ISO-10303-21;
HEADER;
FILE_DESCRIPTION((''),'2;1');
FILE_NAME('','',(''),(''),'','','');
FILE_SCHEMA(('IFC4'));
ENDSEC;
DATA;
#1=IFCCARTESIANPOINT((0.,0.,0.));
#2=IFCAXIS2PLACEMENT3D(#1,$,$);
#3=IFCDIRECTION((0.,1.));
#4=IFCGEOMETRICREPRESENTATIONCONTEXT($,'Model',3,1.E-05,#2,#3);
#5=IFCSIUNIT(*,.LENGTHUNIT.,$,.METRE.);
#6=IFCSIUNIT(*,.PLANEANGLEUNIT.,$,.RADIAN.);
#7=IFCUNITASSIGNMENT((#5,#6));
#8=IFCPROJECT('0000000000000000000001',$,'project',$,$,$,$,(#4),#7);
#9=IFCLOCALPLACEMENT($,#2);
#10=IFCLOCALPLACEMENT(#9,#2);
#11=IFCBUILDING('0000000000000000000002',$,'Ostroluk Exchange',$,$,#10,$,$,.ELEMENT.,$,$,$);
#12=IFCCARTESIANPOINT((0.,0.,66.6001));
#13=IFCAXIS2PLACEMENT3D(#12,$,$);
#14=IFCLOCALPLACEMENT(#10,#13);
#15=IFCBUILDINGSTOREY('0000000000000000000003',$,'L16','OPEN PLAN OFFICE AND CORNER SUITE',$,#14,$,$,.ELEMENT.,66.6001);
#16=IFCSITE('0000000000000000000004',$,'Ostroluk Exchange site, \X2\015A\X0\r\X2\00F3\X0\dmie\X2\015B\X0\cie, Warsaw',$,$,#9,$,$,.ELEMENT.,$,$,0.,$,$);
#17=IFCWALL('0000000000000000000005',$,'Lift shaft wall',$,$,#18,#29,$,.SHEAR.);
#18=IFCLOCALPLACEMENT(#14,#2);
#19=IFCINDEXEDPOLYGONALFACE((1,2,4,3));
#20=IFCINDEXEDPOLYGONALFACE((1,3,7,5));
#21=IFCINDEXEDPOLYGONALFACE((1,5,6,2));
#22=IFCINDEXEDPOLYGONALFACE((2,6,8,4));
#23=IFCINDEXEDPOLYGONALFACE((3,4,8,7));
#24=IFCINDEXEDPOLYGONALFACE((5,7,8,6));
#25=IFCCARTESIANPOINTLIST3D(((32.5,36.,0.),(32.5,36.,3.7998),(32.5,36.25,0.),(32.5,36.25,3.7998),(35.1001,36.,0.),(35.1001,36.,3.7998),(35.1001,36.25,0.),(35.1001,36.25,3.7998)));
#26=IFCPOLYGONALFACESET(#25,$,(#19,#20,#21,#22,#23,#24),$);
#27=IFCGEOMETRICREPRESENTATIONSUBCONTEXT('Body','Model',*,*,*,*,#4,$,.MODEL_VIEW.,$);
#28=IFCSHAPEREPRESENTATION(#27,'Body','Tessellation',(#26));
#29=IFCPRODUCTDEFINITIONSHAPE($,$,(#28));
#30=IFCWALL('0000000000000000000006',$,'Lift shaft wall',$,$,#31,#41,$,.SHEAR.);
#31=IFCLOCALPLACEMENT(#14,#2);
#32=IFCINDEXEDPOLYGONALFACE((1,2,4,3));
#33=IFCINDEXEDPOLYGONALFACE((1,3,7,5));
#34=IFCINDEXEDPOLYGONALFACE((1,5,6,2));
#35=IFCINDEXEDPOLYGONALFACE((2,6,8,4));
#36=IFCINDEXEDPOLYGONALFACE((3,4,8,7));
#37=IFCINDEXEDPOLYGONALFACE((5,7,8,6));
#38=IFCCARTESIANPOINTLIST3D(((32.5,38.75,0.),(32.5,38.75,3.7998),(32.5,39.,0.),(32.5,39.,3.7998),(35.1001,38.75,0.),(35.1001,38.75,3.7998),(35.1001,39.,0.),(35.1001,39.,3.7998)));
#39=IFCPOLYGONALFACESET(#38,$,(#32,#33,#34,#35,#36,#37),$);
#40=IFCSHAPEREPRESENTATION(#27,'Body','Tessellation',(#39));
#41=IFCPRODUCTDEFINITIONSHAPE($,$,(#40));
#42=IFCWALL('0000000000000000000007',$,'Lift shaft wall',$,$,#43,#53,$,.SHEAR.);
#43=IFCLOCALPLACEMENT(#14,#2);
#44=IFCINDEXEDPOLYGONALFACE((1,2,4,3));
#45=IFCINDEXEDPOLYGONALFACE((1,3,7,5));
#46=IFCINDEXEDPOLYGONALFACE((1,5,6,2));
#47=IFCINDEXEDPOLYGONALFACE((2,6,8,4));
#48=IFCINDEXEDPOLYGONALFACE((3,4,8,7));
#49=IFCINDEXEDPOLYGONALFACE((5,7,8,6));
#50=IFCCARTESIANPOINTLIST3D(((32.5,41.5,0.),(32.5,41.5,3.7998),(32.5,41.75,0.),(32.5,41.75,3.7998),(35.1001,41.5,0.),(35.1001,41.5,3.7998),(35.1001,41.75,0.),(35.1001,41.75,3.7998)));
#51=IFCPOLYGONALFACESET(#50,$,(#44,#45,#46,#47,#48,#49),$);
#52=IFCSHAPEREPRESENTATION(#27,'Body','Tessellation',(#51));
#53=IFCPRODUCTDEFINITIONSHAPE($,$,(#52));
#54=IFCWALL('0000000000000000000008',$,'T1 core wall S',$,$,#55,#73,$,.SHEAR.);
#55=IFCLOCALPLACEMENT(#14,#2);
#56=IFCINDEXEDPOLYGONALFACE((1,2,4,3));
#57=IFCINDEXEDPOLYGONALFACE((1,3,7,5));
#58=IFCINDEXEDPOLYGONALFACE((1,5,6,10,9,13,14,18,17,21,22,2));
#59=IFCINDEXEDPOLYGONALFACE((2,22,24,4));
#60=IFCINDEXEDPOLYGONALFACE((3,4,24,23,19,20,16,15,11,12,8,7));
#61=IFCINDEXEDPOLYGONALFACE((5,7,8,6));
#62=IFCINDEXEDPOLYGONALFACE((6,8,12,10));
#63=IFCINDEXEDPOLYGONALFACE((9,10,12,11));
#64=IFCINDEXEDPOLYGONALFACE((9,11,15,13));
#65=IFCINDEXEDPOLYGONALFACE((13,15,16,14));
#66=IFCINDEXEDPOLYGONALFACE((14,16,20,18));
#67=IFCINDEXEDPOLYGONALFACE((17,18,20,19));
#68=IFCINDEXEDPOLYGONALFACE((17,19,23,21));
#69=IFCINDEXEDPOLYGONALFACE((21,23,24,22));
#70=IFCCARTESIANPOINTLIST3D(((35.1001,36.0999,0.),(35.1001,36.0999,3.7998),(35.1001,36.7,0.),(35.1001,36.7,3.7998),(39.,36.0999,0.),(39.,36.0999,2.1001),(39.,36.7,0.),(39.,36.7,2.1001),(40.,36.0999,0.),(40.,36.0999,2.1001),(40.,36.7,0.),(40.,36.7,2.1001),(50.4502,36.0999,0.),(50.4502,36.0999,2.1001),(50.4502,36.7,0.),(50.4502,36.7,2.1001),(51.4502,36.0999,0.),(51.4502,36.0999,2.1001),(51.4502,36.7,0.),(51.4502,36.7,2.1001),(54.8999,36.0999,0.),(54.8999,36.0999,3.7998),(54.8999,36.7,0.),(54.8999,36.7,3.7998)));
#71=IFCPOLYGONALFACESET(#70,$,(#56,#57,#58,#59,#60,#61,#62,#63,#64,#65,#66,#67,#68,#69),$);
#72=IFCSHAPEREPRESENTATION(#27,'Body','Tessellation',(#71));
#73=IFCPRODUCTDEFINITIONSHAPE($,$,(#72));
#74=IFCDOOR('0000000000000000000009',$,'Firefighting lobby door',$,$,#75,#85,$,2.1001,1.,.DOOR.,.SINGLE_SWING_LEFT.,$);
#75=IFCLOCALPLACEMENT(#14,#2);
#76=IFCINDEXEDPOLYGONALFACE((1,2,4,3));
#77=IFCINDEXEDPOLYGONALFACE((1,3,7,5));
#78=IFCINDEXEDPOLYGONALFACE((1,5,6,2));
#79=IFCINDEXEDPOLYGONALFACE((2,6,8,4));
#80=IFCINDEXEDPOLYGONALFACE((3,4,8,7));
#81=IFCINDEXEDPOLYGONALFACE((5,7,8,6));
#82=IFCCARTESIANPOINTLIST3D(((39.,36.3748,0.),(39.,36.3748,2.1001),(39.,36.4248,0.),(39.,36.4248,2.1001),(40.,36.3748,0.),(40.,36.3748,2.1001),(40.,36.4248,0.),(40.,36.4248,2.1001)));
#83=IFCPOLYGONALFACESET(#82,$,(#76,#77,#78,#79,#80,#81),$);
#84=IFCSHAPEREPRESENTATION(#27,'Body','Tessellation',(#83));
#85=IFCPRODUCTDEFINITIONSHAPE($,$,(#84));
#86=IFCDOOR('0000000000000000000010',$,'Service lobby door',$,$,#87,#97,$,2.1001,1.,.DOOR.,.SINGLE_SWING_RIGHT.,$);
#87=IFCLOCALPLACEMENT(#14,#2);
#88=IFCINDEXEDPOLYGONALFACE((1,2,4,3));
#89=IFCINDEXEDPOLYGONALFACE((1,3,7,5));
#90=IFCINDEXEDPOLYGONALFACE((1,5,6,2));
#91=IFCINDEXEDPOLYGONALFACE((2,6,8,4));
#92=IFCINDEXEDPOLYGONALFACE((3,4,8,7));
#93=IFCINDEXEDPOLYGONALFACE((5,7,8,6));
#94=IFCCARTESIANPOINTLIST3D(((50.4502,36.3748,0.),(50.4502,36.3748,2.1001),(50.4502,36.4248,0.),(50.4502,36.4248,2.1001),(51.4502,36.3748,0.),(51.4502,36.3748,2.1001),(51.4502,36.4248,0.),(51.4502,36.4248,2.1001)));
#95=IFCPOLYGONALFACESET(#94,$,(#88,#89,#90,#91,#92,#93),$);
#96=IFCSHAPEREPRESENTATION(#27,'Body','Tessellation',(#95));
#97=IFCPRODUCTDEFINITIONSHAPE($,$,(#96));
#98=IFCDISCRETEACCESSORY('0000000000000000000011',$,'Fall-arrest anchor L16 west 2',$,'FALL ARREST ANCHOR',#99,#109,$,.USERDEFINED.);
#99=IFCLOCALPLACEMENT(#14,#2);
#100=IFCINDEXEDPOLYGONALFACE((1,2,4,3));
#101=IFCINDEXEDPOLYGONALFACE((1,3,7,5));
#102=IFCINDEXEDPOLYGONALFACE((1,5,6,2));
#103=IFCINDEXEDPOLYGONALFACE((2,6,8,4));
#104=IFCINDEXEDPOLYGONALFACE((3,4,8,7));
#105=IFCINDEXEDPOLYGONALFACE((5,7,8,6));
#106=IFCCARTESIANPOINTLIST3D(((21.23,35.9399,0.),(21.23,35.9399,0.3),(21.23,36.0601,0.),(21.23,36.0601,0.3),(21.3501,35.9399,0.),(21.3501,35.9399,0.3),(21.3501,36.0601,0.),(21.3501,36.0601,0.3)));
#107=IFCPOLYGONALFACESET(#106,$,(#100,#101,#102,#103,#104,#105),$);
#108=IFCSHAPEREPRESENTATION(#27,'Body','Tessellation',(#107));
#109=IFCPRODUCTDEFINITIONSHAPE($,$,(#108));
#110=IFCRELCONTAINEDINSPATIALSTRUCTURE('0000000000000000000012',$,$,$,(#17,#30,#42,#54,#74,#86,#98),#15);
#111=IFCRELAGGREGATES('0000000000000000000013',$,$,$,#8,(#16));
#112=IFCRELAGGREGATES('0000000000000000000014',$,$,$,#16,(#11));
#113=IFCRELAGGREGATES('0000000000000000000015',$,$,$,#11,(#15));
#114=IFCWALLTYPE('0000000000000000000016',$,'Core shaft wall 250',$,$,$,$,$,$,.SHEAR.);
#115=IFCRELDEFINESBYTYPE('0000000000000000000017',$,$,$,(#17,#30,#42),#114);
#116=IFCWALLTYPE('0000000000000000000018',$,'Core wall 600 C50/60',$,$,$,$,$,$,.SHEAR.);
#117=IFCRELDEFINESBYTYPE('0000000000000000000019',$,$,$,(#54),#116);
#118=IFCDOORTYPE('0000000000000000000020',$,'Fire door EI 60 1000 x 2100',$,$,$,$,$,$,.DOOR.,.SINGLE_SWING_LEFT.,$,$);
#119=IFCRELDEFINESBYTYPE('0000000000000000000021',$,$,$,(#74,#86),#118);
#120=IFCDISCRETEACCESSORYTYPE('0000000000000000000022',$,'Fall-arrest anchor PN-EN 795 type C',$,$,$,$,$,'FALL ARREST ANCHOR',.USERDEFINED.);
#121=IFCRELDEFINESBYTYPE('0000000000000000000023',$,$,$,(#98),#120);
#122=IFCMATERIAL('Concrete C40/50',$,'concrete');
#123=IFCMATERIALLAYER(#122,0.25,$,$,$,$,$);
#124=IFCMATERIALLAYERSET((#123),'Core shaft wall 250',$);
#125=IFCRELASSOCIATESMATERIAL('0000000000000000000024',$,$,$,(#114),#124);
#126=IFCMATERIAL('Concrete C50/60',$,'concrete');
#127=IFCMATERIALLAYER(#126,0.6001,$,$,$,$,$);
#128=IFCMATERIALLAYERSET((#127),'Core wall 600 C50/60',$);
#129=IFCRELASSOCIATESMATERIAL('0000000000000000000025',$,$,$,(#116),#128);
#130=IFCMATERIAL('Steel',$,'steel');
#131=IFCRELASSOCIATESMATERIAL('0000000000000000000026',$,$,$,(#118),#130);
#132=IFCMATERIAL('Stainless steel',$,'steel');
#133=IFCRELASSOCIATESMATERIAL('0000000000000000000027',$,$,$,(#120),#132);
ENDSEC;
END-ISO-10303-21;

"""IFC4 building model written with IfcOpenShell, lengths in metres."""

from ifc_helpers import new_model, si_unit, direction, frame, frame_2d, origin, origin_2d, place, context, subcontext, project, spatial, rectangle, extrude, material, layer, layer_set, type_object, element, fill, save


model = new_model("IFC4")

# Units and contexts
model_context = context("Model", 3, precision=1e-05, world=origin(), true_north=direction((0.0, 1.0)))
body_context = subcontext(model_context, "Body", "Model", "MODEL_VIEW")
ifc_project = project(units=[si_unit("LENGTHUNIT", "METRE"), si_unit("PLANEANGLEUNIT", "RADIAN")], contexts=[model_context])

# Site, building, storey
site_placement = place(None, origin())
site = spatial("IfcSite", under=ifc_project, at=site_placement, Name="Ostroluk Exchange site, Śródmieście, Warsaw", CompositionType="ELEMENT", RefElevation=0.0)
building_placement = place(site_placement, origin())
building = spatial("IfcBuilding", under=site, at=building_placement, Name="Ostroluk Exchange", CompositionType="ELEMENT")
storey_placement = place(building_placement, frame((0.0, 0.0, 66.6001)))
storey = spatial("IfcBuildingStorey", under=building, at=storey_placement, Name="L16", Description="OPEN PLAN OFFICE AND CORNER SUITE", CompositionType="ELEMENT", Elevation=66.6001)

# Walls
ifc_material_1 = material(Name="Concrete C40/50", Category="concrete")
ifc_layer_1 = layer(ifc_material_1, 0.25)
ifc_layer_set_1 = layer_set([ifc_layer_1], Name="Core shaft wall 250")
wall_type_1 = type_object("IfcWallType", Name="Core shaft wall 250", PredefinedType="SHEAR", material=ifc_layer_set_1)
for number, where, z_axis, x_axis, name in (
    (1, (32.5, 36.125, 0.0), (0.0, 0.0, 1.0), (1.0, 0.0, 0.0), "Lift shaft wall"),
    (2, (32.5, 38.875, 0.0), (0.0, 0.0, 1.0), (1.0, 0.0, 0.0), "Lift shaft wall"),
    (3, (32.5, 41.625, 0.0), (0.0, 0.0, 1.0), (1.0, 0.0, 0.0), "Lift shaft wall"),
):
    element("IfcWall", number, at=place(storey_placement, frame(where, z_axis=z_axis, x_axis=x_axis)), inside=storey, type_object=wall_type_1, Name=name, PredefinedType="SHEAR", context=body_context, shape_type="SweptSolid", body=[
        extrude(rectangle(XDim=2.6001, YDim=0.25, at=frame_2d((1.3, 0.0))), origin(), (0.0, 0.0, 1.0), 3.7998),
    ])

# Wall, openings, doors
ifc_material_2 = material(Name="Concrete C50/60", Category="concrete")
ifc_layer_2 = layer(ifc_material_2, 0.6001)
ifc_layer_set_2 = layer_set([ifc_layer_2], Name="Core wall 600 C50/60")
wall_type_2 = type_object("IfcWallType", Name="Core wall 600 C50/60", PredefinedType="SHEAR", material=ifc_layer_set_2)
wall_1_placement = place(storey_placement, frame((35.1001, 36.3999, 0.0), z_axis=(0.0, 0.0, 1.0), x_axis=(1.0, 0.0, 0.0)))
wall_1 = element("IfcWall", 4, at=wall_1_placement, inside=storey, type_object=wall_type_2, Name="T1 core wall S", PredefinedType="SHEAR", context=body_context, shape_type="SweptSolid", body=[
    extrude(rectangle(XDim=19.7998, YDim=0.6001, at=frame_2d((9.8999, 0.0))), origin(), (0.0, 0.0, 1.0), 3.7998),
])
opening_1_placement = place(wall_1_placement, frame((3.8999, 0.0, 0.0)))
opening_1 = element("IfcOpeningElement", 5, at=opening_1_placement, cuts=wall_1, PredefinedType="OPENING", context=body_context, shape_type="SweptSolid", body=[
    extrude(rectangle(XDim=1.0, YDim=2.1001, at=frame_2d((0.5, 1.05))), frame((0.0, 0.3101, 0.0), z_axis=(0.0, -1.0, 0.0), x_axis=(1.0, 0.0, 0.0)), (0.0, 0.0, 1.0), 0.6201),
])
opening_2_placement = place(wall_1_placement, frame((15.3501, 0.0, 0.0)))
opening_2 = element("IfcOpeningElement", 6, at=opening_2_placement, cuts=wall_1, PredefinedType="OPENING", context=body_context, shape_type="SweptSolid", body=[
    extrude(rectangle(XDim=1.0, YDim=2.1001, at=frame_2d((0.5, 1.05))), frame((0.0, 0.3101, 0.0), z_axis=(0.0, -1.0, 0.0), x_axis=(1.0, 0.0, 0.0)), (0.0, 0.0, 1.0), 0.6201),
])
ifc_material_3 = material(Name="Steel", Category="steel")
door_type_1 = type_object("IfcDoorType", Name="Fire door EI 60 1000 x 2100", OperationType="SINGLE_SWING_LEFT", PredefinedType="DOOR", material=ifc_material_3)
door_1_placement = place(opening_1_placement, origin())
door_1 = element("IfcDoor", 7, at=door_1_placement, inside=storey, type_object=door_type_1, Name="Firefighting lobby door", OperationType="SINGLE_SWING_LEFT", OverallHeight=2.1001, OverallWidth=1.0, PredefinedType="DOOR", context=body_context, shape_type="SweptSolid", body=[
    extrude(rectangle(XDim=1.0, YDim=2.1001, at=frame_2d((0.5, 1.05))), frame((0.0, 0.0249, 0.0), z_axis=(0.0, -1.0, 0.0), x_axis=(1.0, 0.0, 0.0)), (0.0, 0.0, 1.0), 0.05),
])
fill(opening_1, door_1)
door_2_placement = place(opening_2_placement, origin())
door_2 = element("IfcDoor", 8, at=door_2_placement, inside=storey, type_object=door_type_1, Name="Service lobby door", OperationType="SINGLE_SWING_RIGHT", OverallHeight=2.1001, OverallWidth=1.0, PredefinedType="DOOR", context=body_context, shape_type="SweptSolid", body=[
    extrude(rectangle(XDim=1.0, YDim=2.1001, at=frame_2d((0.5, 1.05))), frame((0.0, 0.0249, 0.0), z_axis=(0.0, -1.0, 0.0), x_axis=(1.0, 0.0, 0.0)), (0.0, 0.0, 1.0), 0.05),
])
fill(opening_2, door_2)

# Discrete accessory
ifc_material_4 = material(Name="Stainless steel", Category="steel")
discrete_accessory_type = type_object("IfcDiscreteAccessoryType", Name="Fall-arrest anchor PN-EN 795 type C", ElementType="FALL ARREST ANCHOR", PredefinedType="USERDEFINED", material=ifc_material_4)
discrete_accessory_placement = place(storey_placement, frame((21.29, 36.0, 0.0), z_axis=(0.0, 0.0, 1.0), x_axis=(1.0, 0.0, 0.0)))
element("IfcDiscreteAccessory", 9, at=discrete_accessory_placement, inside=storey, type_object=discrete_accessory_type, Name="Fall-arrest anchor L16 west 2", ObjectType="FALL ARREST ANCHOR", PredefinedType="USERDEFINED", context=body_context, shape_type="SweptSolid", body=[
    extrude(rectangle(XDim=0.1201, YDim=0.1201, at=origin_2d()), origin(), (0.0, 0.0, 1.0), 0.3),
])

save(model, "model.ifc")
